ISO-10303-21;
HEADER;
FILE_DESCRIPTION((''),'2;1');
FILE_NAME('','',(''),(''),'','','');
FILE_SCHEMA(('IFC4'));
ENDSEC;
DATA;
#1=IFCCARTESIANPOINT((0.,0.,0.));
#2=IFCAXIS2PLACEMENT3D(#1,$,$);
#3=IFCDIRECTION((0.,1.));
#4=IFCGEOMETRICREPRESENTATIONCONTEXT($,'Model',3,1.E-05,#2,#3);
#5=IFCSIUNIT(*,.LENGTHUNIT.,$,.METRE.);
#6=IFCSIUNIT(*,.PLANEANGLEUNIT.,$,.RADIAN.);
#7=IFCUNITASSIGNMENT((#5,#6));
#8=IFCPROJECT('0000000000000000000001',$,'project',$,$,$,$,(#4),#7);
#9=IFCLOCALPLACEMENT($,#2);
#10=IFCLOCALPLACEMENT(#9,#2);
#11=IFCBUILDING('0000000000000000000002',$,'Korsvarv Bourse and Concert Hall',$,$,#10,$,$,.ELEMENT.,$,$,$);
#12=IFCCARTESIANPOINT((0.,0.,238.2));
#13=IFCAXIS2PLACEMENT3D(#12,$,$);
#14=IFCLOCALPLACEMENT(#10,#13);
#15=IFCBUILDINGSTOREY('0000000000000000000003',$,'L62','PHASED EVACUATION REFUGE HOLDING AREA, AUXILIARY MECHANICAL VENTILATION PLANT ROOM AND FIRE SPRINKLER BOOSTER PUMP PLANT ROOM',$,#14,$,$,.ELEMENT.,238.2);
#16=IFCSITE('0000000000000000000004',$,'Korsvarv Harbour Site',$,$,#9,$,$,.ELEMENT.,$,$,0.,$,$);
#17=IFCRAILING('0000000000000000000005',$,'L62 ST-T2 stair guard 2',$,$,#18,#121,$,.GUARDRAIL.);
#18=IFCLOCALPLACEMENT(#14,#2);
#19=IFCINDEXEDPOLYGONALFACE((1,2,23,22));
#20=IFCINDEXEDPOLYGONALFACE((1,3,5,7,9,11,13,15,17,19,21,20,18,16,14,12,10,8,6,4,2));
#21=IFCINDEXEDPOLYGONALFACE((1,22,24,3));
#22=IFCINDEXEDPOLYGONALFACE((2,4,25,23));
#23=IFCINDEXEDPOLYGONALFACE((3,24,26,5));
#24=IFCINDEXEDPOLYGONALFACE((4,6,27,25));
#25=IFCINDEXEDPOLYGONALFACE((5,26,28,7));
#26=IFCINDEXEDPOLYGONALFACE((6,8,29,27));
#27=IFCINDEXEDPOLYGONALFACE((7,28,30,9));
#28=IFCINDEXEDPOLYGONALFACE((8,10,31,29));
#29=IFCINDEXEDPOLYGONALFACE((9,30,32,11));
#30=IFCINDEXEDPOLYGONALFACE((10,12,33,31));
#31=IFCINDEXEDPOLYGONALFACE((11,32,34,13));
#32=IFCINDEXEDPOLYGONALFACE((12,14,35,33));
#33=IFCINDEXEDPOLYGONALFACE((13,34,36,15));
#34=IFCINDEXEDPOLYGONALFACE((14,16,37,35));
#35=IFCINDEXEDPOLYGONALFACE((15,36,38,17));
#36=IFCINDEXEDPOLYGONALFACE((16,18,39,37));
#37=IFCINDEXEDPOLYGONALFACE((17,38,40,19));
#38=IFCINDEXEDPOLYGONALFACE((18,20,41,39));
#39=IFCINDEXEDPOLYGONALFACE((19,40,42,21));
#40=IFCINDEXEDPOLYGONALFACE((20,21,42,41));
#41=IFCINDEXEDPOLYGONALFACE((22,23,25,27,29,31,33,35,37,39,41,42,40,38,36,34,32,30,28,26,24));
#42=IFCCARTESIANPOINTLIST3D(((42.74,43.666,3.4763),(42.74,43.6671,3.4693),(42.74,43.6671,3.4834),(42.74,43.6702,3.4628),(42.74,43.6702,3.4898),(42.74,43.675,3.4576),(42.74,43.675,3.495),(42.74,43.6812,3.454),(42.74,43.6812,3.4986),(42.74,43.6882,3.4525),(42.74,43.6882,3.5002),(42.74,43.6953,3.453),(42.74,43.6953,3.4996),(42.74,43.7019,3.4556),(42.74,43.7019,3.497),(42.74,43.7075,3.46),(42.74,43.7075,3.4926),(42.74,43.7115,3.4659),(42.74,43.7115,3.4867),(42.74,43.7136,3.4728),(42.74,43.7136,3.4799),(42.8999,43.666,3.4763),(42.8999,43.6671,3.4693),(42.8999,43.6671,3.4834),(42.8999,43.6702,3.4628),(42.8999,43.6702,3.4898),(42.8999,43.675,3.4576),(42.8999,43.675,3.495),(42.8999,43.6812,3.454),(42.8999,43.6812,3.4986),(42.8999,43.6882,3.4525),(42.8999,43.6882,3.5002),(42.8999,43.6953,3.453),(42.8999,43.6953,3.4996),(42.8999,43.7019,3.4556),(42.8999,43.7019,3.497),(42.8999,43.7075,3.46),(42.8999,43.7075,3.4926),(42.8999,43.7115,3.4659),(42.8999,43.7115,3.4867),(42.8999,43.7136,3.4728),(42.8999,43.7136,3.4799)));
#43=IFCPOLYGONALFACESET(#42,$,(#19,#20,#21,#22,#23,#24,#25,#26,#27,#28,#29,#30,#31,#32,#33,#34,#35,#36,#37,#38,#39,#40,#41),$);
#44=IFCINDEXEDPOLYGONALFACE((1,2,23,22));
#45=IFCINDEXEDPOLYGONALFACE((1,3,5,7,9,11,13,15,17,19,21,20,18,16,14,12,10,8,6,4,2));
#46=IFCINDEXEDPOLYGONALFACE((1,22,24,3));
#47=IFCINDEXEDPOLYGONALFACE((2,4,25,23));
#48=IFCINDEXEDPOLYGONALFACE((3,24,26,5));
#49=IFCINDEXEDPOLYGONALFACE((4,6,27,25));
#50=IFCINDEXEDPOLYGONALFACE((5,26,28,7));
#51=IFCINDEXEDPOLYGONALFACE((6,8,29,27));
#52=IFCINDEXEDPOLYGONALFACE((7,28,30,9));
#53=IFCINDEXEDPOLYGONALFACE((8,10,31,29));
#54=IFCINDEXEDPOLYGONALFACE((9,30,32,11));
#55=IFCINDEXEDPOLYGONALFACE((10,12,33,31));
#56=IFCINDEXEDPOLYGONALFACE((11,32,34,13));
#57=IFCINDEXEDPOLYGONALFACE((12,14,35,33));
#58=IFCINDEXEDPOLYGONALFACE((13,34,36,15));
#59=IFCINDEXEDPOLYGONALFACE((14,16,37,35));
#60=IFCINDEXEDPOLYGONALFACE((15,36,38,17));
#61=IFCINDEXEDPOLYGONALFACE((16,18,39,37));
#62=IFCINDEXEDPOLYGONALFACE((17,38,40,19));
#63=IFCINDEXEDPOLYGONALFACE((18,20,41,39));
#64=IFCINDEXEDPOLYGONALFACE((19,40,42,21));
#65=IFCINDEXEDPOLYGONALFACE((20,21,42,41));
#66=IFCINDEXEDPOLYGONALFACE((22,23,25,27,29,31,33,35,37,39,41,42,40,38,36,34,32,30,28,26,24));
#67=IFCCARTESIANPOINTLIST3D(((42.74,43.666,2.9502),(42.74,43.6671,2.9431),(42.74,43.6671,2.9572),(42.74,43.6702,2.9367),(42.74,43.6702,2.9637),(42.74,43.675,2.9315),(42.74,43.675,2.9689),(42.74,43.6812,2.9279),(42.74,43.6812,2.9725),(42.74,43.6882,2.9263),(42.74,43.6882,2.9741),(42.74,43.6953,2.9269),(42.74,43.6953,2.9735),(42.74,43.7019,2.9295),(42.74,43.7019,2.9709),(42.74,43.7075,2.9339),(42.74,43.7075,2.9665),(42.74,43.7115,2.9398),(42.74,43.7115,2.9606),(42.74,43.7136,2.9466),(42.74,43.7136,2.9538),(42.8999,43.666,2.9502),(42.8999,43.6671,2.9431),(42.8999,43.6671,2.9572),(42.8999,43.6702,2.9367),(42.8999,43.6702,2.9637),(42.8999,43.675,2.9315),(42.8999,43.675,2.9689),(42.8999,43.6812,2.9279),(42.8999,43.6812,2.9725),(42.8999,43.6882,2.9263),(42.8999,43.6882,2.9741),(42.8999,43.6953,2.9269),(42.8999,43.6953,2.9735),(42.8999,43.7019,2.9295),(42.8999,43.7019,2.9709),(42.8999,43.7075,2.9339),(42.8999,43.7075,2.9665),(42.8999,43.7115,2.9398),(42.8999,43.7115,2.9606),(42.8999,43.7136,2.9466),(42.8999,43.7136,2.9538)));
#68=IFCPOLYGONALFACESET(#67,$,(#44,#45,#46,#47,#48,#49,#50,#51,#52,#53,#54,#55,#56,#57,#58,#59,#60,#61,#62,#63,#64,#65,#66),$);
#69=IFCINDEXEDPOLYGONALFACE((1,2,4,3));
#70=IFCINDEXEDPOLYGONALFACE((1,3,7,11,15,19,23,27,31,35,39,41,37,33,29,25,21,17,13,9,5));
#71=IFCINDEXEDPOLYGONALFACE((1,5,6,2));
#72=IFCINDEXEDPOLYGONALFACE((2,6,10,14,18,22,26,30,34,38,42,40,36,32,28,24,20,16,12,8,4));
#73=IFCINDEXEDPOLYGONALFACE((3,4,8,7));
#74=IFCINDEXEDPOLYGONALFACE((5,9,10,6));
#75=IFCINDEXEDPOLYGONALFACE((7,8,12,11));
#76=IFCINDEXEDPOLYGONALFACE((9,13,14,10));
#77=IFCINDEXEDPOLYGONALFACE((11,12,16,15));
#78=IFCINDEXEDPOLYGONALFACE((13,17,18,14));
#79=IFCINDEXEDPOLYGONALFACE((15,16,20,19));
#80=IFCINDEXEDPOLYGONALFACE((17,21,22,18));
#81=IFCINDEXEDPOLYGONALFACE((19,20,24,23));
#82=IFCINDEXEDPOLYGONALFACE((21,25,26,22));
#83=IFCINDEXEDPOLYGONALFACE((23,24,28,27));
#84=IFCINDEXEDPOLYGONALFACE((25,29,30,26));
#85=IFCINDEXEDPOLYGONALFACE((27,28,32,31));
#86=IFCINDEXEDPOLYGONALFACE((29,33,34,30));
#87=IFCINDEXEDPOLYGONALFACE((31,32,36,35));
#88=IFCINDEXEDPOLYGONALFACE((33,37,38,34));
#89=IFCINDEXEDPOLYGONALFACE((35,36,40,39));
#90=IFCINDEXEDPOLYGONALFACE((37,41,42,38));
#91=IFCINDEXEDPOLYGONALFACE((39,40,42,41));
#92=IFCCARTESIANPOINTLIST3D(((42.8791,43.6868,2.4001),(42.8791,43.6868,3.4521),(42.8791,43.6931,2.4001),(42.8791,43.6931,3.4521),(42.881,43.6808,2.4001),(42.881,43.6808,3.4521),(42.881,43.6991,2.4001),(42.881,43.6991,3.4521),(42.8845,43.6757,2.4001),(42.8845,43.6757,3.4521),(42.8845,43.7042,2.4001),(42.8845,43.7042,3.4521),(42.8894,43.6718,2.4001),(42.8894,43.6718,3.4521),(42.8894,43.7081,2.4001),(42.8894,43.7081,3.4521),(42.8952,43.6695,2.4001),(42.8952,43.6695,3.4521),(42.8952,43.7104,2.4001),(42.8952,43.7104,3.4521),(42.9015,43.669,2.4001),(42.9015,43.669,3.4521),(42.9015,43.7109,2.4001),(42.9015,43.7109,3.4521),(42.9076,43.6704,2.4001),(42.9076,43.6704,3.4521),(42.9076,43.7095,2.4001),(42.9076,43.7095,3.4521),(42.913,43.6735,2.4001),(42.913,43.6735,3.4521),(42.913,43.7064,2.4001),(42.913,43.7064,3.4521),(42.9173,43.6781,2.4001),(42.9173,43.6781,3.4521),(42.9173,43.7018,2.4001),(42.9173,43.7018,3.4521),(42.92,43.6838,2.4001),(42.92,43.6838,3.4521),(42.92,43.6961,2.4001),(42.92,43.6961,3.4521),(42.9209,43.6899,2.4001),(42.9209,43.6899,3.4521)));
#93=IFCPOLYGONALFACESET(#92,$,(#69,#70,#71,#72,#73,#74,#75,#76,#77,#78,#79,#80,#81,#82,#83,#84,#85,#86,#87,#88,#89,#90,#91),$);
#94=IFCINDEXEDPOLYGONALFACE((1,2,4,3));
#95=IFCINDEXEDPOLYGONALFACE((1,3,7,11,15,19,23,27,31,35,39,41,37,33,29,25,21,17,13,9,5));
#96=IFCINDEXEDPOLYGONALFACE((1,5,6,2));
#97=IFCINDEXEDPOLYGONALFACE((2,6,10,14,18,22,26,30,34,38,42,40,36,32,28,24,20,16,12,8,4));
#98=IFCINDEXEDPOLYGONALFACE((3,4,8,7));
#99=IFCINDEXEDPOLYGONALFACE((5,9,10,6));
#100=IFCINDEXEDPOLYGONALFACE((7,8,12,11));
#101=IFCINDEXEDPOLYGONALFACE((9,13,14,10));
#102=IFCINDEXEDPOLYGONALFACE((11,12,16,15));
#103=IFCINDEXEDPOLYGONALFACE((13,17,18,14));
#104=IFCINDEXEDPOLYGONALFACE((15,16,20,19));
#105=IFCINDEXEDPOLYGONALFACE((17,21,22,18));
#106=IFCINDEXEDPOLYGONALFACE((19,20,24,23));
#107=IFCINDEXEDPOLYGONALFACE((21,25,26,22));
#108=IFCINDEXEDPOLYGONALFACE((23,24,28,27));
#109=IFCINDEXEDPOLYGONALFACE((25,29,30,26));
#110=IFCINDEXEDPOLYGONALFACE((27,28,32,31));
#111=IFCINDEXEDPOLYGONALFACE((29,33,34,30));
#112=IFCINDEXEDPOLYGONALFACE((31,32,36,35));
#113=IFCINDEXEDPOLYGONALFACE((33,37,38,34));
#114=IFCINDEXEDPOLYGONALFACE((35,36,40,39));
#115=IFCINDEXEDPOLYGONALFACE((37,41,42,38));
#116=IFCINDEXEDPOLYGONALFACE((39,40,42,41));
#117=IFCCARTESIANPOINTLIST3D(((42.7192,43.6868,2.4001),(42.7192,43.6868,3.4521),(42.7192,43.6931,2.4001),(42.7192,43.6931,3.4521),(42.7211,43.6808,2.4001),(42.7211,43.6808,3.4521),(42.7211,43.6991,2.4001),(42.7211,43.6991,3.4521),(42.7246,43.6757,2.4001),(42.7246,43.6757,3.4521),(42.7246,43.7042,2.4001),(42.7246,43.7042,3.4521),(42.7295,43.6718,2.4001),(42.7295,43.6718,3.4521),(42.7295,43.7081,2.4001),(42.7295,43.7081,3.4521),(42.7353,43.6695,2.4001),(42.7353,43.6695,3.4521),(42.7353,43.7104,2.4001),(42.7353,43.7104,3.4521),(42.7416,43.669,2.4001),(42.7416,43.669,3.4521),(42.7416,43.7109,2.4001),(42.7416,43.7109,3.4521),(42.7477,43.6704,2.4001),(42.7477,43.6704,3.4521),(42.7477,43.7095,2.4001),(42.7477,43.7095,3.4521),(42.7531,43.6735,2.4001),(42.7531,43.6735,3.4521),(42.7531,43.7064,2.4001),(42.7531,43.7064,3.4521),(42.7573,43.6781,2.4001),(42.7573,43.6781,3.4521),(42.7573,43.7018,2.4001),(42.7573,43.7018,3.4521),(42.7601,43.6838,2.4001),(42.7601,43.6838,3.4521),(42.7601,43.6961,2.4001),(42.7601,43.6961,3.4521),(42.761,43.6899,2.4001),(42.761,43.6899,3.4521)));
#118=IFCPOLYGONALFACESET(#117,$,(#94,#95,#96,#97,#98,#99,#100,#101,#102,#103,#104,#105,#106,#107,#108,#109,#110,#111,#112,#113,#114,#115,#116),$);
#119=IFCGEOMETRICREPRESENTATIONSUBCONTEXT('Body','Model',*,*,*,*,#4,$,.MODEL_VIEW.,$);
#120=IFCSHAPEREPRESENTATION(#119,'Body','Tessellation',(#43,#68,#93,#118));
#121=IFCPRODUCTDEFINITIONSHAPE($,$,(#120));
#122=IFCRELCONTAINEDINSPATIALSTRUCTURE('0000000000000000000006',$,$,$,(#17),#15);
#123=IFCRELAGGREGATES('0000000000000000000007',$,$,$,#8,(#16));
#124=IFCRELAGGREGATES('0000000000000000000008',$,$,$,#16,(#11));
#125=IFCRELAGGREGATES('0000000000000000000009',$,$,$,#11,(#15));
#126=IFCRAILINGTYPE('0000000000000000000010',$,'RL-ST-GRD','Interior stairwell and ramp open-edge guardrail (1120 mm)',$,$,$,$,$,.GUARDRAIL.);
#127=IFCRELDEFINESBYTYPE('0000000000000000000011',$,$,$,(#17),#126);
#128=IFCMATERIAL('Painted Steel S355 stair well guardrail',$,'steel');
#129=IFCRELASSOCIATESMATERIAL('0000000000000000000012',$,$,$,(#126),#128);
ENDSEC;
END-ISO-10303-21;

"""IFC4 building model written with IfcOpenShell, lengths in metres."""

from ifc_helpers import new_model, si_unit, direction, frame, origin, origin_2d, place, context, subcontext, project, spatial, circle, extrude, material, type_object, element, save


model = new_model("IFC4")

# Units and contexts
model_context = context("Model", 3, precision=1e-05, world=origin(), true_north=direction((0.0, 1.0)))
body_context = subcontext(model_context, "Body", "Model", "MODEL_VIEW")
ifc_project = project(units=[si_unit("LENGTHUNIT", "METRE"), si_unit("PLANEANGLEUNIT", "RADIAN")], contexts=[model_context])

# Site, building, storey
site_placement = place(None, origin())
site = spatial("IfcSite", under=ifc_project, at=site_placement, Name="Korsvarv Harbour Site", CompositionType="ELEMENT", RefElevation=0.0)
building_placement = place(site_placement, origin())
building = spatial("IfcBuilding", under=site, at=building_placement, Name="Korsvarv Bourse and Concert Hall", CompositionType="ELEMENT")
storey_placement = place(building_placement, frame((0.0, 0.0, 238.2)))
storey = spatial("IfcBuildingStorey", under=building, at=storey_placement, Name="L62", Description="PHASED EVACUATION REFUGE HOLDING AREA, AUXILIARY MECHANICAL VENTILATION PLANT ROOM AND FIRE SPRINKLER BOOSTER PUMP PLANT ROOM", CompositionType="ELEMENT", Elevation=238.2)

# Railing
ifc_material_1 = material(Name="Painted Steel S355 stair well guardrail", Category="steel")
railing_type_1 = type_object("IfcRailingType", Name="RL-ST-GRD", Description="Interior stairwell and ramp open-edge guardrail (1120 mm)", PredefinedType="GUARDRAIL", material=ifc_material_1)
railing_1_placement = place(storey_placement, frame((42.8999, 43.6899, 2.4001)))
element("IfcRailing", 1, at=railing_1_placement, inside=storey, type_object=railing_type_1, Name="L62 ST-T2 stair guard 2", PredefinedType="GUARDRAIL", context=body_context, shape_type="SweptSolid", body=[
    extrude(circle(Radius=0.0239, at=origin_2d()), frame((0.0, 0.0, 1.0762), z_axis=(-1.0, 0.0, 0.0), x_axis=(0.0, -1.0, 0.0)), (0.0, 0.0, 1.0), 0.1599),
    extrude(circle(Radius=0.0239, at=origin_2d()), frame((0.0, 0.0, 0.55), z_axis=(-1.0, 0.0, 0.0), x_axis=(0.0, -1.0, 0.0)), (0.0, 0.0, 1.0), 0.1599),
    extrude(circle(Radius=0.021, at=origin_2d()), origin(), (0.0, 0.0, 1.0), 1.052),
    extrude(circle(Radius=0.021, at=origin_2d()), frame((-0.1599, 0.0, 0.0)), (0.0, 0.0, 1.0), 1.052),
])

save(model, "model.ifc")
